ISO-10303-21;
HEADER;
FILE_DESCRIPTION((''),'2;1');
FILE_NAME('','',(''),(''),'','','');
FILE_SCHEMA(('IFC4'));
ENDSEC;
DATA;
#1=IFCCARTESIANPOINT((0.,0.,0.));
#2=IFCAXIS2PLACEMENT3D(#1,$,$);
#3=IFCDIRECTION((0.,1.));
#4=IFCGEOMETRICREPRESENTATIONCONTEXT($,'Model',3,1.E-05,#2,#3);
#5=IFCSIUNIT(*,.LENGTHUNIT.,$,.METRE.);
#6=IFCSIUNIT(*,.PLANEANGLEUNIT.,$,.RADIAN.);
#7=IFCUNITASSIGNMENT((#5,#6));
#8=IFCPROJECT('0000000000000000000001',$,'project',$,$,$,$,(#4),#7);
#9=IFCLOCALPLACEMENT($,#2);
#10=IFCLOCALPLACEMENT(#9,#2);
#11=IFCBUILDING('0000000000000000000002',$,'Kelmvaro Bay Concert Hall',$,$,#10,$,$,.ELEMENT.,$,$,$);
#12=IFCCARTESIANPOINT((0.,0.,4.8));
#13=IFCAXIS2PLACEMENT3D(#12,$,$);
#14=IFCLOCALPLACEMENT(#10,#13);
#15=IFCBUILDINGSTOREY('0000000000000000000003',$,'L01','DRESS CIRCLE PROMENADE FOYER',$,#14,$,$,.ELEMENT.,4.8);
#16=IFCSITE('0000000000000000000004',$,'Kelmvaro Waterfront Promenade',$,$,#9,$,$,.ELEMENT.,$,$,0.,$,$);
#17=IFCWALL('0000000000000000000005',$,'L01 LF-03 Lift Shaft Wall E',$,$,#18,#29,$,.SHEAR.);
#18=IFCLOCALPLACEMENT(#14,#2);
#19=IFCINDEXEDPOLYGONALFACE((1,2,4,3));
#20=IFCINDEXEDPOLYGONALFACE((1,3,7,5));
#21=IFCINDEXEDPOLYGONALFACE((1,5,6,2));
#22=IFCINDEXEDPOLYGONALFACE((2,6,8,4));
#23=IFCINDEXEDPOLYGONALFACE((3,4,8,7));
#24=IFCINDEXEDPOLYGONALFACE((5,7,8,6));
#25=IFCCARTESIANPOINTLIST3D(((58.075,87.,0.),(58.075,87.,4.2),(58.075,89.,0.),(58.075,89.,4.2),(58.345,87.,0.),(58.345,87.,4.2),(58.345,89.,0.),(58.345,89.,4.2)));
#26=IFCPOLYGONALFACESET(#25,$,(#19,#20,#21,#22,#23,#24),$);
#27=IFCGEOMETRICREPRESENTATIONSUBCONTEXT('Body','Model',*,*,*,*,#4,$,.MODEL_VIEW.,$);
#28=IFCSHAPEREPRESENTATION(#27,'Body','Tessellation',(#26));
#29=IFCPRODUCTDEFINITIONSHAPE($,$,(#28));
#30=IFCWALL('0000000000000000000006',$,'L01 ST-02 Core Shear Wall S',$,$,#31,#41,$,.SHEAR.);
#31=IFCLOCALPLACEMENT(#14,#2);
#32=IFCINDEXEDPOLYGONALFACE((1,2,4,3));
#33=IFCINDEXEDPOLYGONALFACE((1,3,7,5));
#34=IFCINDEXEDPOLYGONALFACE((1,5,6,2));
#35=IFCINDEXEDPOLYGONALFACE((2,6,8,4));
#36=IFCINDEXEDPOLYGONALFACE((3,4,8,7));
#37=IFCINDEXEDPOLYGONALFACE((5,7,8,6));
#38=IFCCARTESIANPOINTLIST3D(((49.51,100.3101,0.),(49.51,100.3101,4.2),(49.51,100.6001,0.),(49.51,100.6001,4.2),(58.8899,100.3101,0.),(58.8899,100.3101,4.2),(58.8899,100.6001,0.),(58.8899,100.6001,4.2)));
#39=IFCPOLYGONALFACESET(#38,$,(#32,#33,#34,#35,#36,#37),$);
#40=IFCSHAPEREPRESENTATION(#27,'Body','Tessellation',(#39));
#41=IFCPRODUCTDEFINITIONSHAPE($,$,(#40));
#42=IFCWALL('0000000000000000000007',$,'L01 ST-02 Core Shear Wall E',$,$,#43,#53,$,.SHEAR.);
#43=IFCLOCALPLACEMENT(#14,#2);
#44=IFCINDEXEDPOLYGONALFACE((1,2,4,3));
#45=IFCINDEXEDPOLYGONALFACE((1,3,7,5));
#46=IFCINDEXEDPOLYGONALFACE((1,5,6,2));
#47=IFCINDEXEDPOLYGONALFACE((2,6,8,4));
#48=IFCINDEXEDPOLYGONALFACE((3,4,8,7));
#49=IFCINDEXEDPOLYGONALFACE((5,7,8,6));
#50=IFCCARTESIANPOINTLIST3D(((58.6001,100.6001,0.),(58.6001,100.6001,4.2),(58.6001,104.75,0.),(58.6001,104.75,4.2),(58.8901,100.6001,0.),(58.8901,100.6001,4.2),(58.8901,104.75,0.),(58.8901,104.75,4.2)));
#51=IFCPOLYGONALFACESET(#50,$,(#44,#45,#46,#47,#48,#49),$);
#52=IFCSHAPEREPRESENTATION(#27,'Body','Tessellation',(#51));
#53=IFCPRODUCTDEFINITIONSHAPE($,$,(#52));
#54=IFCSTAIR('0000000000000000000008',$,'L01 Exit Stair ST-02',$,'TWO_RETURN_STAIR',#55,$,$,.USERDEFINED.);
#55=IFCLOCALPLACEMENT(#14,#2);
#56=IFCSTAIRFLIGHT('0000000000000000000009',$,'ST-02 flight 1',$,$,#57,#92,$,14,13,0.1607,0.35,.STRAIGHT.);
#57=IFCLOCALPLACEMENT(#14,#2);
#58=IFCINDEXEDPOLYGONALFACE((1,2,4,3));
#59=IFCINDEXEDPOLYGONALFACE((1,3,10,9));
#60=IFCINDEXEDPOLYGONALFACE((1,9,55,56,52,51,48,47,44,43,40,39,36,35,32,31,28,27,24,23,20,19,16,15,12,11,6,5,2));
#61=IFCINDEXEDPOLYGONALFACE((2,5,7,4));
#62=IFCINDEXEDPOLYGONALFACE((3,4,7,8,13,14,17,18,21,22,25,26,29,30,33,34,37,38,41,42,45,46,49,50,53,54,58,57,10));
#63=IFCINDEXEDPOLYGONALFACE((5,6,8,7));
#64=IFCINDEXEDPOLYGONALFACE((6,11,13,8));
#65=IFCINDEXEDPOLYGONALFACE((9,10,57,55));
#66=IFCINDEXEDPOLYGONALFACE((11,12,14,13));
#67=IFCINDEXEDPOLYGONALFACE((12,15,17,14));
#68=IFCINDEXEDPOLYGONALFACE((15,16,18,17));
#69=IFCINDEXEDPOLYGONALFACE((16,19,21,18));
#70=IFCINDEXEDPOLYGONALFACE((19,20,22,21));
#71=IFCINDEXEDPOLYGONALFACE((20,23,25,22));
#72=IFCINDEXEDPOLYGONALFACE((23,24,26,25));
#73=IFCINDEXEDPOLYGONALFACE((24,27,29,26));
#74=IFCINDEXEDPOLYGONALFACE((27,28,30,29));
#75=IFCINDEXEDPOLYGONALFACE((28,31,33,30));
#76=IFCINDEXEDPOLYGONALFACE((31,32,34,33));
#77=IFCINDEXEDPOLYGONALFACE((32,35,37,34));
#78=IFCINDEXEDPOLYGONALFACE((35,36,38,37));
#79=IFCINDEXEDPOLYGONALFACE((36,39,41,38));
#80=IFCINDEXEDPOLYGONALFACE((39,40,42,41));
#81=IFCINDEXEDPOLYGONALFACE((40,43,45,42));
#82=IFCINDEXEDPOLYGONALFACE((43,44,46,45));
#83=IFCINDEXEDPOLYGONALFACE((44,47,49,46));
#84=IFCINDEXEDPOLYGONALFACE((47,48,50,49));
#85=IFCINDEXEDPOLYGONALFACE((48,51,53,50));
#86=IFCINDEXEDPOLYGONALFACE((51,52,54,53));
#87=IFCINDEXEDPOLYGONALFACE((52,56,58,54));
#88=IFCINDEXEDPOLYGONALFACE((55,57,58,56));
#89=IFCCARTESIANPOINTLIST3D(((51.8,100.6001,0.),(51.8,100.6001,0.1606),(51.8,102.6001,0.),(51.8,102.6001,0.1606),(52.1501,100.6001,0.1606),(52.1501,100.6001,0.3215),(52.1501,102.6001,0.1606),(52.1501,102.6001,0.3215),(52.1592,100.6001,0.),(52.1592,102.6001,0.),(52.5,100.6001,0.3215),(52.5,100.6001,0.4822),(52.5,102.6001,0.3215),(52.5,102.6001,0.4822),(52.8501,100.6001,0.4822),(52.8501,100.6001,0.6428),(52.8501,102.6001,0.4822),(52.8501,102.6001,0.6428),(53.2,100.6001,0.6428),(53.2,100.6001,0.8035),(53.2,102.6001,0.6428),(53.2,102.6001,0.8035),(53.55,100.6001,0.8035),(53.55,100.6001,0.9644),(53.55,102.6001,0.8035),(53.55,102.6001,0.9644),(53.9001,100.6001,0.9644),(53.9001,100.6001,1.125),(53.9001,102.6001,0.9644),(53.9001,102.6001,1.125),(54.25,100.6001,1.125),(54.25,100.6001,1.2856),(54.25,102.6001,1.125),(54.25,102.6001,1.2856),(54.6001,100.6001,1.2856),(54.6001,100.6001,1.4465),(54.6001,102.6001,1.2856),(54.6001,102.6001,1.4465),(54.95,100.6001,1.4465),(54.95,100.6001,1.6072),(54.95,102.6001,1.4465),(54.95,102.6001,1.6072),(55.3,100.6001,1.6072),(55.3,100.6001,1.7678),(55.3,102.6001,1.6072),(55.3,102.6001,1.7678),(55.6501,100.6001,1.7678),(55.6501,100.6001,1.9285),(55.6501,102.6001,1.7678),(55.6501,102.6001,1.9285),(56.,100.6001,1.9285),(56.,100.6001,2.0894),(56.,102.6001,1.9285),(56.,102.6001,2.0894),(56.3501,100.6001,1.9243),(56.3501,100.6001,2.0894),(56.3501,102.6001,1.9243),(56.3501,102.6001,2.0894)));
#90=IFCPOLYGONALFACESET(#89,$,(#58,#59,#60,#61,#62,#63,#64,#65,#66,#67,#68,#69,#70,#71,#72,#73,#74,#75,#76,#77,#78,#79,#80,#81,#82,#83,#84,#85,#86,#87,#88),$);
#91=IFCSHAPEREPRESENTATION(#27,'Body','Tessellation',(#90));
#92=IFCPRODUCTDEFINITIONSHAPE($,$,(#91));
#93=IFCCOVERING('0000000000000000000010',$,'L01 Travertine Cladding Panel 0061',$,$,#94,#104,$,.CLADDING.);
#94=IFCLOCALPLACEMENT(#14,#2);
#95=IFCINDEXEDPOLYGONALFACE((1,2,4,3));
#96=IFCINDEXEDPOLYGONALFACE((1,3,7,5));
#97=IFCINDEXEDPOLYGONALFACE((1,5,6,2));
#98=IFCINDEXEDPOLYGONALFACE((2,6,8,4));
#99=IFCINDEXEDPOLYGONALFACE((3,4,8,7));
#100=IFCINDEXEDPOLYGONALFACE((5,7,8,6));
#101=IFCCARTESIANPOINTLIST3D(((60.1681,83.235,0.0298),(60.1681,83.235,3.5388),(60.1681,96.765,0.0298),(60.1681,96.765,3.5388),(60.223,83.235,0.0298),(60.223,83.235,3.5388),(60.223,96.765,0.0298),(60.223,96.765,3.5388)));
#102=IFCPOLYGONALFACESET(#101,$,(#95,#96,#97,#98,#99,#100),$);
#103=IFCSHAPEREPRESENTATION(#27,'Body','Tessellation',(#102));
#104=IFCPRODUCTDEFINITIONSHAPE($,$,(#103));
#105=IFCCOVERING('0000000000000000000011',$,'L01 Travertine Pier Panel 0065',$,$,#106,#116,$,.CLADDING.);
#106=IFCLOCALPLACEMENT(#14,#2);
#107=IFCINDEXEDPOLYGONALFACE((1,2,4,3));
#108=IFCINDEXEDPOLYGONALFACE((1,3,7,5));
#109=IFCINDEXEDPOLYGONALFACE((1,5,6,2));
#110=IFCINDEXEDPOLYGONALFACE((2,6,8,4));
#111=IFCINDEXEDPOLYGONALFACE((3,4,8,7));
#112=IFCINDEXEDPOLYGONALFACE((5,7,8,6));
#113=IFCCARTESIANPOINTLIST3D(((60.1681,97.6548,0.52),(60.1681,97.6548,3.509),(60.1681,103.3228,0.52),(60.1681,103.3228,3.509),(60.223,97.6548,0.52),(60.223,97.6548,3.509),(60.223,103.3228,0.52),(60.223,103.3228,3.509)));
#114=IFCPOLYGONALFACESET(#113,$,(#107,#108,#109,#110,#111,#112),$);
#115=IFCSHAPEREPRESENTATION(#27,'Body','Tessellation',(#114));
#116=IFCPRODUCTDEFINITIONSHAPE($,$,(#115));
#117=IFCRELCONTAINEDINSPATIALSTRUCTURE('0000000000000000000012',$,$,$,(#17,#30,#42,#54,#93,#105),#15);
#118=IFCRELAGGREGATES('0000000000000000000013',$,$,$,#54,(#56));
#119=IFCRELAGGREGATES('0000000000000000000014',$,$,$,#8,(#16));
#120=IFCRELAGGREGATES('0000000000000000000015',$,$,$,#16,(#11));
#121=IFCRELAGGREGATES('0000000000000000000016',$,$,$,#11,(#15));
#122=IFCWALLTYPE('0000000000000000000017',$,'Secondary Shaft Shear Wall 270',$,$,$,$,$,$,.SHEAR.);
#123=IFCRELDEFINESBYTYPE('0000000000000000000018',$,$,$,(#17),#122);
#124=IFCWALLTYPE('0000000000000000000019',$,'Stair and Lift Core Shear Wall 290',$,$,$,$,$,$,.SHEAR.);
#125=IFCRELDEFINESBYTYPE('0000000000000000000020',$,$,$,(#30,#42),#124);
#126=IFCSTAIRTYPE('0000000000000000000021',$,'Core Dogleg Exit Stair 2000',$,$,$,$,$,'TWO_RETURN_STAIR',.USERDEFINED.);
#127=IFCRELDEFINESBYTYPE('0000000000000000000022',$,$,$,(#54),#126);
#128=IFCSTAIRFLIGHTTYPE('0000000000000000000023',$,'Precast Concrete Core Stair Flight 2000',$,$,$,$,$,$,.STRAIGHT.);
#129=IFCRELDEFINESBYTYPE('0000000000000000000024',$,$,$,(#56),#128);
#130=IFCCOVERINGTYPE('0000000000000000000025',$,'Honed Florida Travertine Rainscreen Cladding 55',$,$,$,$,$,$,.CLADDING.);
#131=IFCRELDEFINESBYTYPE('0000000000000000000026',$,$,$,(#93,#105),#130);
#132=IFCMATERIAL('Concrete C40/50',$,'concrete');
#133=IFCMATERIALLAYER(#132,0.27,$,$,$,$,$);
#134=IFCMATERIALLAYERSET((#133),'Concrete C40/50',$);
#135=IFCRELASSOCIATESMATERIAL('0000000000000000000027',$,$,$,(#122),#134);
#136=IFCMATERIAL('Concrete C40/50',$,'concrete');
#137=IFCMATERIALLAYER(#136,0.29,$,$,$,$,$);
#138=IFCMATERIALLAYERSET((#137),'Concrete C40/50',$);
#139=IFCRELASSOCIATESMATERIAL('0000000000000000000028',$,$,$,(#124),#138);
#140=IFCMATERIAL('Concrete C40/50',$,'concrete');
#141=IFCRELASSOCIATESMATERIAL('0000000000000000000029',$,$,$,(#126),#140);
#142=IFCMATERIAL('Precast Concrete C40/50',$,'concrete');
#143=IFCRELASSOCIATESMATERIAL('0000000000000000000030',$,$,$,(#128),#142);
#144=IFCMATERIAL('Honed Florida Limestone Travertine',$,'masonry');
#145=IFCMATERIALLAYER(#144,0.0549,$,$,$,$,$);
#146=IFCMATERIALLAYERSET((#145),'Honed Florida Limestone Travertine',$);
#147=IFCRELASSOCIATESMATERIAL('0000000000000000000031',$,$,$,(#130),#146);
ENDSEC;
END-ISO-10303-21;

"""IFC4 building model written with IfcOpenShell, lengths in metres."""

from ifc_helpers import new_model, si_unit, direction, frame, frame_2d, origin, origin_2d, place, context, subcontext, project, spatial, polyline, rectangle, outline, extrude, material, layer, layer_set, type_object, element, aggregate, save


model = new_model("IFC4")

# Units and contexts
model_context = context("Model", 3, precision=1e-05, world=origin(), true_north=direction((0.0, 1.0)))
body_context = subcontext(model_context, "Body", "Model", "MODEL_VIEW")
ifc_project = project(units=[si_unit("LENGTHUNIT", "METRE"), si_unit("PLANEANGLEUNIT", "RADIAN")], contexts=[model_context])

# Site, building, storey
site_placement = place(None, origin())
site = spatial("IfcSite", under=ifc_project, at=site_placement, Name="Kelmvaro Waterfront Promenade", CompositionType="ELEMENT", RefElevation=0.0)
building_placement = place(site_placement, origin())
building = spatial("IfcBuilding", under=site, at=building_placement, Name="Kelmvaro Bay Concert Hall", CompositionType="ELEMENT")
storey_placement = place(building_placement, frame((0.0, 0.0, 4.8)))
storey = spatial("IfcBuildingStorey", under=building, at=storey_placement, Name="L01", Description="DRESS CIRCLE PROMENADE FOYER", CompositionType="ELEMENT", Elevation=4.8)

# Shared definitions
ifc_material_1 = material(Name="Concrete C40/50", Category="concrete")
ifc_layer_1 = layer(ifc_material_1, 0.27)
ifc_layer_set_1 = layer_set([ifc_layer_1], Name="Concrete C40/50")
wall_type_1 = type_object("IfcWallType", Name="Secondary Shaft Shear Wall 270", PredefinedType="SHEAR", material=ifc_layer_set_1)

# Walls
wall_1_placement = place(storey_placement, frame((58.21, 87.0, 0.0), z_axis=(0.0, 0.0, 1.0), x_axis=(0.0, 1.0, 0.0)))
element("IfcWall", 1, at=wall_1_placement, inside=storey, type_object=wall_type_1, Name="L01 LF-03 Lift Shaft Wall E", PredefinedType="SHEAR", context=body_context, shape_type="SweptSolid", body=[
    extrude(rectangle(XDim=2.0, YDim=0.27, at=frame_2d((1.0, 0.0))), origin(), (0.0, 0.0, 1.0), 4.2),
])
ifc_material_2 = material(Name="Concrete C40/50", Category="concrete")
ifc_layer_2 = layer(ifc_material_2, 0.29)
ifc_layer_set_2 = layer_set([ifc_layer_2], Name="Concrete C40/50")
wall_type_2 = type_object("IfcWallType", Name="Stair and Lift Core Shear Wall 290", PredefinedType="SHEAR", material=ifc_layer_set_2)
wall_2_placement = place(storey_placement, frame((49.51, 100.4551, 0.0), z_axis=(0.0, 0.0, 1.0), x_axis=(1.0, 0.0, 0.0)))
element("IfcWall", 2, at=wall_2_placement, inside=storey, type_object=wall_type_2, Name="L01 ST-02 Core Shear Wall S", PredefinedType="SHEAR", context=body_context, shape_type="SweptSolid", body=[
    extrude(rectangle(XDim=9.3799, YDim=0.29, at=frame_2d((4.6899, 0.0))), origin(), (0.0, 0.0, 1.0), 4.2),
])

# Wall
wall_3_placement = place(storey_placement, frame((58.7451, 100.6001, 0.0), z_axis=(0.0, 0.0, 1.0), x_axis=(0.0, 1.0, 0.0)))
element("IfcWall", 3, at=wall_3_placement, inside=storey, type_object=wall_type_2, Name="L01 ST-02 Core Shear Wall E", PredefinedType="SHEAR", context=body_context, shape_type="SweptSolid", body=[
    extrude(rectangle(XDim=4.1499, YDim=0.29, at=frame_2d((2.075, 0.0))), origin(), (0.0, 0.0, 1.0), 4.2),
])

# Stair, stair flight
ifc_material_3 = material(Name="Concrete C40/50", Category="concrete")
stair_type = type_object("IfcStairType", Name="Core Dogleg Exit Stair 2000", ElementType="TWO_RETURN_STAIR", PredefinedType="USERDEFINED", material=ifc_material_3)
stair_placement = place(storey_placement, origin())
stair = element("IfcStair", 4, at=stair_placement, inside=storey, type_object=stair_type, Name="L01 Exit Stair ST-02", ObjectType="TWO_RETURN_STAIR", PredefinedType="USERDEFINED")
ifc_material_4 = material(Name="Precast Concrete C40/50", Category="concrete")
stair_flight_type = type_object("IfcStairFlightType", Name="Precast Concrete Core Stair Flight 2000", PredefinedType="STRAIGHT", material=ifc_material_4)
stair_flight_placement = place(storey_placement, frame((51.8, 101.6001, 0.0), z_axis=(0.0, 0.0, 1.0), x_axis=(1.0, 0.0, 0.0)))
stair_flight = element("IfcStairFlight", 5, at=stair_flight_placement, type_object=stair_flight_type, Name="ST-02 flight 1", NumberOfRisers=14, NumberOfTreads=13, PredefinedType="STRAIGHT", RiserHeight=0.1607, TreadLength=0.35, context=body_context, shape_type="SweptSolid", body=[
    extrude(outline(polyline([(0.0, 0.0), (0.0, 0.1606), (0.3501, 0.1606), (0.3501, 0.3215), (0.7, 0.3215), (0.7, 0.4822), (1.05, 0.4822), (1.05, 0.6428), (1.3999, 0.6428), (1.3999, 0.8035), (1.75, 0.8035), (1.75, 0.9644), (2.1001, 0.9644), (2.1001, 1.125), (2.45, 1.125), (2.45, 1.2856), (2.8, 1.2856), (2.8, 1.4465), (3.1499, 1.4465), (3.1499, 1.6072), (3.5, 1.6072), (3.5, 1.7678), (3.8501, 1.7678), (3.8501, 1.9285), (4.2, 1.9285), (4.2, 2.0894), (4.55, 2.0894), (4.55, 2.25), (4.55, 1.9243), (0.3591, 0.0), (0.0, 0.0)])), frame((0.0, 1.0, 0.0), z_axis=(0.0, -1.0, 0.0), x_axis=(1.0, 0.0, 0.0)), (0.0, 0.0, 1.0), 2.0),
])
aggregate(stair, [stair_flight])

# Coverings
ifc_material_5 = material(Name="Honed Florida Limestone Travertine", Category="masonry")
ifc_layer_3 = layer(ifc_material_5, 0.0549)
ifc_layer_set_3 = layer_set([ifc_layer_3], Name="Honed Florida Limestone Travertine")
covering_type = type_object("IfcCoveringType", Name="Honed Florida Travertine Rainscreen Cladding 55", PredefinedType="CLADDING", material=ifc_layer_set_3)
covering_1_placement = place(storey_placement, frame((60.1956, 90.0, 0.0298), z_axis=(0.0, 0.0, 1.0), x_axis=(0.0, -1.0, 0.0)))
element("IfcCovering", 6, at=covering_1_placement, inside=storey, type_object=covering_type, Name="L01 Travertine Cladding Panel 0061", PredefinedType="CLADDING", context=body_context, shape_type="SweptSolid", body=[
    extrude(rectangle(XDim=13.53, YDim=0.0549, at=origin_2d()), origin(), (0.0, 0.0, 1.0), 3.509),
])
covering_2_placement = place(storey_placement, frame((60.1956, 100.4888, 0.52), z_axis=(0.0, 0.0, 1.0), x_axis=(0.0, -1.0, 0.0)))
element("IfcCovering", 7, at=covering_2_placement, inside=storey, type_object=covering_type, Name="L01 Travertine Pier Panel 0065", PredefinedType="CLADDING", context=body_context, shape_type="SweptSolid", body=[
    extrude(rectangle(XDim=5.668, YDim=0.0549, at=origin_2d()), origin(), (0.0, 0.0, 1.0), 2.989),
])

save(model, "model.ifc")
